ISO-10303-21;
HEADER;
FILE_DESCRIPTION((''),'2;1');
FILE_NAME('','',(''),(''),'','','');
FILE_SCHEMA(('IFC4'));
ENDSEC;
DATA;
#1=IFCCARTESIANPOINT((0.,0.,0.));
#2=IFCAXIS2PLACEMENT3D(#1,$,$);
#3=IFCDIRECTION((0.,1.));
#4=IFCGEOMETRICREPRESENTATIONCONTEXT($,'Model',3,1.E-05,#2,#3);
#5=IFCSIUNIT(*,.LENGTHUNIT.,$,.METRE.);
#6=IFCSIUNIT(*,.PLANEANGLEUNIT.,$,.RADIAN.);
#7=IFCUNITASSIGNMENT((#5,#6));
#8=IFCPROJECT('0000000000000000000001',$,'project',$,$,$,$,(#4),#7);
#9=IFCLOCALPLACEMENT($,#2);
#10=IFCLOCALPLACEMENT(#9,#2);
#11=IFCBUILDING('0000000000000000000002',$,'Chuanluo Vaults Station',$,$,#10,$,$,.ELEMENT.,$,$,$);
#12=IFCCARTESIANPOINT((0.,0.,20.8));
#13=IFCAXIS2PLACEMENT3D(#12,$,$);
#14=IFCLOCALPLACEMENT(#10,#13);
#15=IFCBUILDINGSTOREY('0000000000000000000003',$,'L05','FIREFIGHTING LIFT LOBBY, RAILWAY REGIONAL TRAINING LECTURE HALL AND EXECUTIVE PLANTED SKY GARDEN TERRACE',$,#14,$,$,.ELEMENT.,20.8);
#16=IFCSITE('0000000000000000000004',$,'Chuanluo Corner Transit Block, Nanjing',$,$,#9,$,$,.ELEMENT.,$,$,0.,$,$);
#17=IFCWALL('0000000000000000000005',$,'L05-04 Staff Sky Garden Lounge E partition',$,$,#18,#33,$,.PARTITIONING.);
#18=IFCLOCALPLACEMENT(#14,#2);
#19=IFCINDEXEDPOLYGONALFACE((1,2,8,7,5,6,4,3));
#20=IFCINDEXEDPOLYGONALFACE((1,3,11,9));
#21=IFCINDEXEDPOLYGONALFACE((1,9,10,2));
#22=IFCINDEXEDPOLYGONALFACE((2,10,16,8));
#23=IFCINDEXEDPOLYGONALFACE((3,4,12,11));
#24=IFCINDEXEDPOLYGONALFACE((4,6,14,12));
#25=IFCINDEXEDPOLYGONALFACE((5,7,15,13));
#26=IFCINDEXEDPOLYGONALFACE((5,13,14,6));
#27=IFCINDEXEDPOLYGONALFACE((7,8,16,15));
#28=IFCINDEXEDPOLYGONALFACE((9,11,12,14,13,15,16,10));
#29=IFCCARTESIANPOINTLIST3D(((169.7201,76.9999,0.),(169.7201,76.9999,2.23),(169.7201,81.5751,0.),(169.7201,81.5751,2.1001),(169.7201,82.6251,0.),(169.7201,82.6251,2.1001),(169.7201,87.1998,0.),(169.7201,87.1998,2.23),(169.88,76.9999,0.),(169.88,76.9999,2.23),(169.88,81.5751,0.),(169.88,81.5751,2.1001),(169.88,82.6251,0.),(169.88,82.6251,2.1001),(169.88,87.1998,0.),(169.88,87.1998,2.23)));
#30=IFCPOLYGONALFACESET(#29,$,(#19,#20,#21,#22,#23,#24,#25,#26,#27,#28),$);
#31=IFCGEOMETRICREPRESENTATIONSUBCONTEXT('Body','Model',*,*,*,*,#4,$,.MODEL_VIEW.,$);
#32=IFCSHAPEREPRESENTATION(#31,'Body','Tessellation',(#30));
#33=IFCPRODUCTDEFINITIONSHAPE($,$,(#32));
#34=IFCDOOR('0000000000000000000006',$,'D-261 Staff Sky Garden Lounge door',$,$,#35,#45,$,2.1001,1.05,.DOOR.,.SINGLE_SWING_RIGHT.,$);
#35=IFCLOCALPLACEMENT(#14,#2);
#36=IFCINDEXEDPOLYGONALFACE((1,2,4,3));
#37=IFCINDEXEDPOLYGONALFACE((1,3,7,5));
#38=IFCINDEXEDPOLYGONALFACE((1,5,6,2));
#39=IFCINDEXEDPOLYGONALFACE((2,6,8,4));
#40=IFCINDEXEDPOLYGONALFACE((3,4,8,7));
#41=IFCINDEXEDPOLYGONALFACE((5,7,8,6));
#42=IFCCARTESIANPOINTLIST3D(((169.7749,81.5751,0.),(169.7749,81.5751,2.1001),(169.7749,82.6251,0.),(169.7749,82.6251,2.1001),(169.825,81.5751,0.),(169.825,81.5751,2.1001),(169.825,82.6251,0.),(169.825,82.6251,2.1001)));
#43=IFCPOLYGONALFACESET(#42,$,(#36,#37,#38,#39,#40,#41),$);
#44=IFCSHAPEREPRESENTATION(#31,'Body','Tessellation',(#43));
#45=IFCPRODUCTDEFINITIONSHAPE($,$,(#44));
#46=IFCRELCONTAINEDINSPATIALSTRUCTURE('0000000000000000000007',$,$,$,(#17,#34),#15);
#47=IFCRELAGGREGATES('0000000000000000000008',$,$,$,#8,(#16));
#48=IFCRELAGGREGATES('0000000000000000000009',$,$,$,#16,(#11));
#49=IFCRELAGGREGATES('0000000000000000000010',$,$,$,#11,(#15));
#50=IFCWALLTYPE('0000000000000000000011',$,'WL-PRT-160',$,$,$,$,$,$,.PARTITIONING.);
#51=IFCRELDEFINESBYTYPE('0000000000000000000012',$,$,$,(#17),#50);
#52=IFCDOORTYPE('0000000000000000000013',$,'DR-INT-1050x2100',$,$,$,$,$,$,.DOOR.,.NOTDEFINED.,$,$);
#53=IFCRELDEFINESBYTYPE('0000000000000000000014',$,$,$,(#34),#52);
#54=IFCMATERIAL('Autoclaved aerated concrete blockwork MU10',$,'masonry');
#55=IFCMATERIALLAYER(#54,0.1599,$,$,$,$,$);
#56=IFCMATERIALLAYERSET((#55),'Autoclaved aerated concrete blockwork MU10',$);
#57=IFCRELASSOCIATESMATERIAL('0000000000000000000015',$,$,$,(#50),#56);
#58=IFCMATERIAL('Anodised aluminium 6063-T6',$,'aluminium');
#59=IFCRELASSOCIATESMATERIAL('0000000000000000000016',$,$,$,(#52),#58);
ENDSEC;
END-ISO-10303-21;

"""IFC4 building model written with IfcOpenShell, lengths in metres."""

from ifc_helpers import new_model, si_unit, direction, frame, frame_2d, origin, place, context, subcontext, project, spatial, rectangle, extrude, material, layer, layer_set, type_object, element, fill, save


model = new_model("IFC4")

# Units and contexts
model_context = context("Model", 3, precision=1e-05, world=origin(), true_north=direction((0.0, 1.0)))
body_context = subcontext(model_context, "Body", "Model", "MODEL_VIEW")
ifc_project = project(units=[si_unit("LENGTHUNIT", "METRE"), si_unit("PLANEANGLEUNIT", "RADIAN")], contexts=[model_context])

# Site, building, storey
site_placement = place(None, origin())
site = spatial("IfcSite", under=ifc_project, at=site_placement, Name="Chuanluo Corner Transit Block, Nanjing", CompositionType="ELEMENT", RefElevation=0.0)
building_placement = place(site_placement, origin())
building = spatial("IfcBuilding", under=site, at=building_placement, Name="Chuanluo Vaults Station", CompositionType="ELEMENT")
storey_placement = place(building_placement, frame((0.0, 0.0, 20.8)))
storey = spatial("IfcBuildingStorey", under=building, at=storey_placement, Name="L05", Description="FIREFIGHTING LIFT LOBBY, RAILWAY REGIONAL TRAINING LECTURE HALL AND EXECUTIVE PLANTED SKY GARDEN TERRACE", CompositionType="ELEMENT", Elevation=20.8)

# Shared definitions
ifc_material_1 = material(Name="Autoclaved aerated concrete blockwork MU10", Category="masonry")
ifc_layer_1 = layer(ifc_material_1, 0.1599)
ifc_layer_set_1 = layer_set([ifc_layer_1], Name="Autoclaved aerated concrete blockwork MU10")
wall_type_1 = type_object("IfcWallType", Name="WL-PRT-160", PredefinedType="PARTITIONING", material=ifc_layer_set_1)

# Wall, opening, door
wall_1_placement = place(storey_placement, frame((169.8, 87.2, 0.0), z_axis=(0.0, 0.0, 1.0), x_axis=(0.0, -1.0, 0.0)))
wall_1 = element("IfcWall", 1, at=wall_1_placement, inside=storey, type_object=wall_type_1, Name="L05-04 Staff Sky Garden Lounge E partition", PredefinedType="PARTITIONING", context=body_context, shape_type="SweptSolid", body=[
    extrude(rectangle(XDim=10.2, YDim=0.1599, at=frame_2d((5.1001, 0.0))), origin(), (0.0, 0.0, 1.0), 2.23),
])
opening_1_placement = place(wall_1_placement, frame((4.575, 0.0, 0.0)))
opening_1 = element("IfcOpeningElement", 2, at=opening_1_placement, cuts=wall_1, PredefinedType="OPENING", context=body_context, shape_type="SweptSolid", body=[
    extrude(rectangle(XDim=1.05, YDim=2.1001, at=frame_2d((0.5249, 1.05))), frame((0.0, 0.0901, 0.0), z_axis=(0.0, -1.0, 0.0), x_axis=(1.0, 0.0, 0.0)), (0.0, 0.0, 1.0), 0.1799),
])
ifc_material_2 = material(Name="Anodised aluminium 6063-T6", Category="aluminium")
door_type_1 = type_object("IfcDoorType", Name="DR-INT-1050x2100", OperationType="NOTDEFINED", PredefinedType="DOOR", material=ifc_material_2)
door_1_placement = place(opening_1_placement, origin())
door_1 = element("IfcDoor", 3, at=door_1_placement, inside=storey, type_object=door_type_1, Name="D-261 Staff Sky Garden Lounge door", OperationType="SINGLE_SWING_RIGHT", OverallHeight=2.1001, OverallWidth=1.05, PredefinedType="DOOR", context=body_context, shape_type="SweptSolid", body=[
    extrude(rectangle(XDim=1.05, YDim=2.1001, at=frame_2d((0.5249, 1.05))), frame((0.0, 0.0249, 0.0), z_axis=(0.0, -1.0, 0.0), x_axis=(1.0, 0.0, 0.0)), (0.0, 0.0, 1.0), 0.05),
])
fill(opening_1, door_1)

save(model, "model.ifc")
